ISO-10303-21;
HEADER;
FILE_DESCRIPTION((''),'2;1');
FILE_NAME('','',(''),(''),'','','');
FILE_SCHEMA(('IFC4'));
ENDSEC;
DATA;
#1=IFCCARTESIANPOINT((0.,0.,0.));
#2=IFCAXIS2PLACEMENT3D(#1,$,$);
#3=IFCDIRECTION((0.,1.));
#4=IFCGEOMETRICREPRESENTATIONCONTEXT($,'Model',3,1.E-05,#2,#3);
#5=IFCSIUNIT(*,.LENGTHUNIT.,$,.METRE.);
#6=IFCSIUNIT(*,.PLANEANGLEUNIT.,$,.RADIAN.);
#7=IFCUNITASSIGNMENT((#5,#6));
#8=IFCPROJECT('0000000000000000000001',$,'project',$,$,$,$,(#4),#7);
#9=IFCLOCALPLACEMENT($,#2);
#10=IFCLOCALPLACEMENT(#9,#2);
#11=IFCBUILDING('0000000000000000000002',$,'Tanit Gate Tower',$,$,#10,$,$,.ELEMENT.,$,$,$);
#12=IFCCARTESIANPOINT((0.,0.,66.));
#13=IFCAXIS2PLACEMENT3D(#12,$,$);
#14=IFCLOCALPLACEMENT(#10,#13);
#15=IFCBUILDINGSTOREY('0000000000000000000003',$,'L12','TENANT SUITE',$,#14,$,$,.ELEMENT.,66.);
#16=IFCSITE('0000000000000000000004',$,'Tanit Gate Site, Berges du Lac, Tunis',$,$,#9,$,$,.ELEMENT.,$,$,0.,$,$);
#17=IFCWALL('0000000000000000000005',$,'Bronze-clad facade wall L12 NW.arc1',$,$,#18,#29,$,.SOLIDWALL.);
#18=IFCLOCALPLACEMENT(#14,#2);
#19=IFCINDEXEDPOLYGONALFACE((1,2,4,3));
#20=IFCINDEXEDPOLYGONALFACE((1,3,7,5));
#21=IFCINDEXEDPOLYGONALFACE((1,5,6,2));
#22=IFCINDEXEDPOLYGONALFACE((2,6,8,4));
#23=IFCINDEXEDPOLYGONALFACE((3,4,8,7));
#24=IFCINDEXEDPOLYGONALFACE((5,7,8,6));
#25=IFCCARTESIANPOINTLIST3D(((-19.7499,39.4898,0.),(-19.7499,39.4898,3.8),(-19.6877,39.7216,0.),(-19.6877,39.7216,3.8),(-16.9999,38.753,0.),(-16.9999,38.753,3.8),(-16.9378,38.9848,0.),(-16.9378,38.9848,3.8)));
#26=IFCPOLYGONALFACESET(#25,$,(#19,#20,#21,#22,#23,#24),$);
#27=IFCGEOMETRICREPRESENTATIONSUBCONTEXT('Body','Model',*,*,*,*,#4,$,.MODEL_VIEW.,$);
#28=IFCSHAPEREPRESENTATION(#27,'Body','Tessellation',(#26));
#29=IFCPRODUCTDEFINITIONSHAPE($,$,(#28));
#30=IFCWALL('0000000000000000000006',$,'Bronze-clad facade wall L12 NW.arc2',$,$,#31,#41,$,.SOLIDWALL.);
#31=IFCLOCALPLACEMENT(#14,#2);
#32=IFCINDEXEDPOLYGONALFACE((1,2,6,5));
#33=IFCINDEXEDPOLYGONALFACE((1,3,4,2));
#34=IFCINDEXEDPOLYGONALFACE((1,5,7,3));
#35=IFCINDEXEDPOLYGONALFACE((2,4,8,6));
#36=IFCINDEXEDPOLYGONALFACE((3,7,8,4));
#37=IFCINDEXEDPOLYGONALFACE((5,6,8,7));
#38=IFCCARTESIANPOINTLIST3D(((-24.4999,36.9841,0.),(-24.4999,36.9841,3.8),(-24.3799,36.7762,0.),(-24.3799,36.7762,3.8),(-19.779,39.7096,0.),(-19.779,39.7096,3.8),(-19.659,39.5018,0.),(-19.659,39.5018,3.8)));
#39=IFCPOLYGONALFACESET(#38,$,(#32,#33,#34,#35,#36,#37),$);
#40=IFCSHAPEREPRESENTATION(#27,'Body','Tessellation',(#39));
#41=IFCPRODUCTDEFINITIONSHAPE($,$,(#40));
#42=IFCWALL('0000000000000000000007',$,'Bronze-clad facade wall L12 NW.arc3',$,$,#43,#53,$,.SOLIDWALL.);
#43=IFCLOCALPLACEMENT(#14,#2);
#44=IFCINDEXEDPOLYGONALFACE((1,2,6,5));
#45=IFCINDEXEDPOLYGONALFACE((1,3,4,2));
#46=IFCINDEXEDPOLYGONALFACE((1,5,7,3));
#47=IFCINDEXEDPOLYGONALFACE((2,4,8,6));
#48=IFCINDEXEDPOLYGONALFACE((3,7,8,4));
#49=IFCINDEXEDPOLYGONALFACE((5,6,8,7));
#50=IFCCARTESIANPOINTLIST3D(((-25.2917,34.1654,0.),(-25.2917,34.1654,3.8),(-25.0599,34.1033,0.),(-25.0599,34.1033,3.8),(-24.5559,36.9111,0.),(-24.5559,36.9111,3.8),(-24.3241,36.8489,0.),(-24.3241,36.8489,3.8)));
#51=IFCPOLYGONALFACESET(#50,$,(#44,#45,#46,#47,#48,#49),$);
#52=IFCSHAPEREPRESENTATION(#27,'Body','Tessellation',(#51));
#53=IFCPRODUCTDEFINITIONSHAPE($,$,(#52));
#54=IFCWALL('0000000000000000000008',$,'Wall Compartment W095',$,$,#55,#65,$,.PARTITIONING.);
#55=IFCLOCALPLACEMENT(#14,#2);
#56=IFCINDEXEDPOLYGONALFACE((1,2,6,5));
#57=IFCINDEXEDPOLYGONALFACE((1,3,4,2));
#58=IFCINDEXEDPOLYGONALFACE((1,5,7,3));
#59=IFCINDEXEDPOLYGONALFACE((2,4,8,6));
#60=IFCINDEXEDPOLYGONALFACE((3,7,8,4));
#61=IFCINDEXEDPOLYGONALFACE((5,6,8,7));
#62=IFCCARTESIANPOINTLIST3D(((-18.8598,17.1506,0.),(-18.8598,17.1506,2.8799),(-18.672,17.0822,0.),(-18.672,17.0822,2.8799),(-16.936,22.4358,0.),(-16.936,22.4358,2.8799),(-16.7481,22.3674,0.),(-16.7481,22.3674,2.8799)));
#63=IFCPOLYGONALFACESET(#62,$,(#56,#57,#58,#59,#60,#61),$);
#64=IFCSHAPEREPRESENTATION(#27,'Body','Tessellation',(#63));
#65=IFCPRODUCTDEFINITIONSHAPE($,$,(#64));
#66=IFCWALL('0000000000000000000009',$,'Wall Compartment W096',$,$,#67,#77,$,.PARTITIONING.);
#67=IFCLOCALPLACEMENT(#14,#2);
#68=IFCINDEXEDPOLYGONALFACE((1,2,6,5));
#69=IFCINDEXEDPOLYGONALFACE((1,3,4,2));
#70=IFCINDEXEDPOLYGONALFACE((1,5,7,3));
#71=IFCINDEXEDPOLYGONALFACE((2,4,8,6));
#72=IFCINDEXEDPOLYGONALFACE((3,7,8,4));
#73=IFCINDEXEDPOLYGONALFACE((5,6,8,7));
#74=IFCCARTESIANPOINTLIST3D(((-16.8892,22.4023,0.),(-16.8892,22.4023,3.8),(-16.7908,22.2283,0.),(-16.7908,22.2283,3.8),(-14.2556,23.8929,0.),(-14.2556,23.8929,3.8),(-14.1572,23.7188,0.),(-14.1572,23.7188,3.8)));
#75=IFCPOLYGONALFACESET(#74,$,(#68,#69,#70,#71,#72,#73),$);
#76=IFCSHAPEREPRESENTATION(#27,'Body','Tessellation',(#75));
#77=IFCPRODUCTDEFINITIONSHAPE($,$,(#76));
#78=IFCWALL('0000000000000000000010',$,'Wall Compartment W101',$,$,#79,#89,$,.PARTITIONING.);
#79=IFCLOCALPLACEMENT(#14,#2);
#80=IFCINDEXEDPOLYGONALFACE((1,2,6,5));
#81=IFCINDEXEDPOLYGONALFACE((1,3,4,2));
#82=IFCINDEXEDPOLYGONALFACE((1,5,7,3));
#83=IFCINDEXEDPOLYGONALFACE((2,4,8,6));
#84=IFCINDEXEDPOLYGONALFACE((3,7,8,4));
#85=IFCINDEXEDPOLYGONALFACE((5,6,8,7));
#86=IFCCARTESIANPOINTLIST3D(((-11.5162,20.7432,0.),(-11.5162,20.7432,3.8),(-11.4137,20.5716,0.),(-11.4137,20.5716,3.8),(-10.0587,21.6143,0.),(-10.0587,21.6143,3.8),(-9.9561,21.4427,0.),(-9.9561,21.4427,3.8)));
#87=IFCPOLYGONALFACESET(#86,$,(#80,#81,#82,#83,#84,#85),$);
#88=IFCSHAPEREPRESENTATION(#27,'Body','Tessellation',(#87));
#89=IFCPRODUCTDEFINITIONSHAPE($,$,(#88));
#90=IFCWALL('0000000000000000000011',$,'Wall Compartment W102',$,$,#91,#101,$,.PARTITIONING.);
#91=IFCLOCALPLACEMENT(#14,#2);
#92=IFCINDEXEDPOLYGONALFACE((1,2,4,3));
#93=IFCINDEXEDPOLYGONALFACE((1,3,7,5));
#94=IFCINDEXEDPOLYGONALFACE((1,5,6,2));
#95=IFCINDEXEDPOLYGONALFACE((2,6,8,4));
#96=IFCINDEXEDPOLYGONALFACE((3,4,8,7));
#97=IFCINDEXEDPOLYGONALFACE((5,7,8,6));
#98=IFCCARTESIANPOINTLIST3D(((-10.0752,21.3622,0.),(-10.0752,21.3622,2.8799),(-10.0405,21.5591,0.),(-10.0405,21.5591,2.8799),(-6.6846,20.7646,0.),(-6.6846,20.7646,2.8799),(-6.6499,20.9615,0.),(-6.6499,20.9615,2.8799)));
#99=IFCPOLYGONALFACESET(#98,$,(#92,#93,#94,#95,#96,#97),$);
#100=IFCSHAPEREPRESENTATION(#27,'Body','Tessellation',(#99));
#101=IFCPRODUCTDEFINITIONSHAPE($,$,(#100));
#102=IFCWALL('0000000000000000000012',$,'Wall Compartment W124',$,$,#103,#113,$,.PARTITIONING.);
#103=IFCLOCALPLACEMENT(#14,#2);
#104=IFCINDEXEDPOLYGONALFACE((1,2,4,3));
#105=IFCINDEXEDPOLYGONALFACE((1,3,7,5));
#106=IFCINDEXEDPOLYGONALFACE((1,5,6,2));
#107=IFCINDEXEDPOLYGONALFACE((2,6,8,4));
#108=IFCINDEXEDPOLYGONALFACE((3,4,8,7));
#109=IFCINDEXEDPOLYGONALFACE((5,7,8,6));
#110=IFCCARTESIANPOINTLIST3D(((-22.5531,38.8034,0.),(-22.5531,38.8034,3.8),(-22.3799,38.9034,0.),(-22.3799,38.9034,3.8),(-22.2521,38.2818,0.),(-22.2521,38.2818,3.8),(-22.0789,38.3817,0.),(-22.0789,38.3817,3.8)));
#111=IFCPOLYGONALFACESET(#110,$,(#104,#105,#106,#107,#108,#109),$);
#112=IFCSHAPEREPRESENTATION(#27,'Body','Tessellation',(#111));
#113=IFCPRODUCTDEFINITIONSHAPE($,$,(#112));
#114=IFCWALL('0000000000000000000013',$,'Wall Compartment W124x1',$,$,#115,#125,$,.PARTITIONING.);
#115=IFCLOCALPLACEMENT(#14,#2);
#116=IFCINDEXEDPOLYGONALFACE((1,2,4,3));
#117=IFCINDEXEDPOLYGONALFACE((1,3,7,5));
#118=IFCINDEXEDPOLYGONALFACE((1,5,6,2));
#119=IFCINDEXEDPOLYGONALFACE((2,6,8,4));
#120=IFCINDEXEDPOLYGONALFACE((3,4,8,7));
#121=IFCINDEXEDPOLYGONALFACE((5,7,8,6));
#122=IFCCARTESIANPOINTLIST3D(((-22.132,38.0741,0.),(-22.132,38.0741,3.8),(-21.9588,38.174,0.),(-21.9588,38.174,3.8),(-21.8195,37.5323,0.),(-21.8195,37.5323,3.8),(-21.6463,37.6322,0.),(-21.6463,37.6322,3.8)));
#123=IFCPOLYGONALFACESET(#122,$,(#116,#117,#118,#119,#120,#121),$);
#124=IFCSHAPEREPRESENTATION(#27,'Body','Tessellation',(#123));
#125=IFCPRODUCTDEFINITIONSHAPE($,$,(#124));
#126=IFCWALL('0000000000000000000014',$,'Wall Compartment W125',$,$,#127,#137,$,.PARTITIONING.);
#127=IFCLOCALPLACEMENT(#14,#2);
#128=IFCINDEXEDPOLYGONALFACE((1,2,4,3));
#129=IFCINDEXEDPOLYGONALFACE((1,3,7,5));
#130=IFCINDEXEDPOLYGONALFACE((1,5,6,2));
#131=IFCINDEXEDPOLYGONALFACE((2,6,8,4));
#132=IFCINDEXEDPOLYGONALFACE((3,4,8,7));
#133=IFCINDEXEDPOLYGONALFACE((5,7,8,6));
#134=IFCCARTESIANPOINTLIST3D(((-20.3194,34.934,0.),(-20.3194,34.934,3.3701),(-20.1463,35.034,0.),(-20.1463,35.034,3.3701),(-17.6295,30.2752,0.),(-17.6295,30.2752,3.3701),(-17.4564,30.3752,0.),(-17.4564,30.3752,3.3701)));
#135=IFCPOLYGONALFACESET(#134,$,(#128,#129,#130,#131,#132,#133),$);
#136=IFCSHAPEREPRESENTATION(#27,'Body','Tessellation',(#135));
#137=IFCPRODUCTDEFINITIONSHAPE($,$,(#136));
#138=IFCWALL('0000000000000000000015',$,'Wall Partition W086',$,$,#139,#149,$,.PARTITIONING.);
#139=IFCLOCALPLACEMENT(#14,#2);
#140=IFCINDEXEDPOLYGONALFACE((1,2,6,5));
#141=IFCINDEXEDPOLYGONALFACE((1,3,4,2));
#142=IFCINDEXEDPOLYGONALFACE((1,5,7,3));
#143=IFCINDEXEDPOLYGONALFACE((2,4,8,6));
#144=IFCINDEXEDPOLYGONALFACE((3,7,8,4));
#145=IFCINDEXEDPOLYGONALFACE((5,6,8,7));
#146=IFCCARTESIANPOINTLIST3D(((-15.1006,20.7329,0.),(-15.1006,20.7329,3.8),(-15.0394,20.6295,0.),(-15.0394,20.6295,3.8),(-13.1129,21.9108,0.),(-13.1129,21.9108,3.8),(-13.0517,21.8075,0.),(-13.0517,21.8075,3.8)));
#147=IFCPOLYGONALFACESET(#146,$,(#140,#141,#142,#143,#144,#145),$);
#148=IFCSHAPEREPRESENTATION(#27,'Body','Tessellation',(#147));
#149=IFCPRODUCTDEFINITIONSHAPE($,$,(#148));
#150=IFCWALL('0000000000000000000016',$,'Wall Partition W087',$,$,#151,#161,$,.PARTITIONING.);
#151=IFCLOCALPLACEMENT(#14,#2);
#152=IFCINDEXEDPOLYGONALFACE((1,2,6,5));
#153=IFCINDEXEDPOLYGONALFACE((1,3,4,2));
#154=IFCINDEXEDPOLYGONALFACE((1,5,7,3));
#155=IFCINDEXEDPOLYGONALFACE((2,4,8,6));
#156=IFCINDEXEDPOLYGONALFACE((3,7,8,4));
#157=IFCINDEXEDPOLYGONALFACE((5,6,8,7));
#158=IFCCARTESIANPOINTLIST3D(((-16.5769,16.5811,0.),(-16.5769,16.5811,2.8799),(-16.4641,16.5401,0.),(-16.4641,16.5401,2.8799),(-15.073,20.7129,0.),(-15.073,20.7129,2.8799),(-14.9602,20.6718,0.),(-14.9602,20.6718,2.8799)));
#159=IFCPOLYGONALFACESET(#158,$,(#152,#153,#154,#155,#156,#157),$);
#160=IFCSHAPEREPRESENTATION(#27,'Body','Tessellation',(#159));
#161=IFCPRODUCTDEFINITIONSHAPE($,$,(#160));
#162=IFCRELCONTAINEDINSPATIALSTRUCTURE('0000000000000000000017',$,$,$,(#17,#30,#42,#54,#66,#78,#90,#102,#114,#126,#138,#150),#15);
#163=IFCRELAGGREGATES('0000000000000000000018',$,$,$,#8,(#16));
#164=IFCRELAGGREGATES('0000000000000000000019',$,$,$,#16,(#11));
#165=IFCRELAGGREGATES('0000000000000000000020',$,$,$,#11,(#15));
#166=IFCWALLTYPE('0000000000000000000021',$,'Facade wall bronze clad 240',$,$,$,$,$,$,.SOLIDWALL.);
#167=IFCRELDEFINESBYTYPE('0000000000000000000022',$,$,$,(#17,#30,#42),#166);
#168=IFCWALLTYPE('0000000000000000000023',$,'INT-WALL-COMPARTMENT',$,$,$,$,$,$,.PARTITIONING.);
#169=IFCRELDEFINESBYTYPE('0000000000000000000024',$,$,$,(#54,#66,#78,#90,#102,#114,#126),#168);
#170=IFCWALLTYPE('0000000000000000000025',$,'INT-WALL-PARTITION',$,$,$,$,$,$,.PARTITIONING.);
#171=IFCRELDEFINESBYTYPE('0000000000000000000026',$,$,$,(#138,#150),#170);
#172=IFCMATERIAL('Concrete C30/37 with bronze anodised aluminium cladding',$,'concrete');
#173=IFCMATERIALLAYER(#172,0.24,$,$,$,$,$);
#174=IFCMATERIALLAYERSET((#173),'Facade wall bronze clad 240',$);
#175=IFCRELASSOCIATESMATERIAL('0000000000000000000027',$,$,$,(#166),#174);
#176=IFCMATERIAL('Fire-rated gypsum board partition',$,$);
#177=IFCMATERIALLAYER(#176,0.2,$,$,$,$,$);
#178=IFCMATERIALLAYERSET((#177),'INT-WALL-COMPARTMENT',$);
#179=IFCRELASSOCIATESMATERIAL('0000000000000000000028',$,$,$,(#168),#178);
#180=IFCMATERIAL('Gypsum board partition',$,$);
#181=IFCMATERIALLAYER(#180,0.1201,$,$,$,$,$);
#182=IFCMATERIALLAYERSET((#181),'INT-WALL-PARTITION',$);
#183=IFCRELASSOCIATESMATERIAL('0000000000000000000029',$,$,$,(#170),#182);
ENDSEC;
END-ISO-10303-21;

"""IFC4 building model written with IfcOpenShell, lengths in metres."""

from ifc_helpers import new_model, si_unit, direction, frame, frame_2d, origin, place, context, subcontext, project, spatial, rectangle, extrude, material, layer, layer_set, type_object, element, save


model = new_model("IFC4")

# Units and contexts
model_context = context("Model", 3, precision=1e-05, world=origin(), true_north=direction((0.0, 1.0)))
body_context = subcontext(model_context, "Body", "Model", "MODEL_VIEW")
ifc_project = project(units=[si_unit("LENGTHUNIT", "METRE"), si_unit("PLANEANGLEUNIT", "RADIAN")], contexts=[model_context])

# Site, building, storey
site_placement = place(None, origin())
site = spatial("IfcSite", under=ifc_project, at=site_placement, Name="Tanit Gate Site, Berges du Lac, Tunis", CompositionType="ELEMENT", RefElevation=0.0)
building_placement = place(site_placement, origin())
building = spatial("IfcBuilding", under=site, at=building_placement, Name="Tanit Gate Tower", CompositionType="ELEMENT")
storey_placement = place(building_placement, frame((0.0, 0.0, 66.0)))
storey = spatial("IfcBuildingStorey", under=building, at=storey_placement, Name="L12", Description="TENANT SUITE", CompositionType="ELEMENT", Elevation=66.0)

# Walls
ifc_material_1 = material(Name="Concrete C30/37 with bronze anodised aluminium cladding", Category="concrete")
ifc_layer_1 = layer(ifc_material_1, 0.24)
ifc_layer_set_1 = layer_set([ifc_layer_1], Name="Facade wall bronze clad 240")
wall_type_1 = type_object("IfcWallType", Name="Facade wall bronze clad 240", PredefinedType="SOLIDWALL", material=ifc_layer_set_1)
wall_1_placement = place(storey_placement, frame((-16.969, 38.8689, 0.0), z_axis=(0.0, 0.0, 1.0), x_axis=(-0.96593, 0.258805, 0.0)))
element("IfcWall", 1, at=wall_1_placement, inside=storey, type_object=wall_type_1, Name="Bronze-clad facade wall L12 NW.arc1", PredefinedType="SOLIDWALL", context=body_context, shape_type="SweptSolid", body=[
    extrude(rectangle(XDim=2.8469, YDim=0.24, at=frame_2d((1.4233, 0.0))), origin(), (0.0, 0.0, 1.0), 3.8),
])
wall_2_placement = place(storey_placement, frame((-19.719, 39.6057, 0.0), z_axis=(0.0, 0.0, 1.0), x_axis=(-0.86603, -0.499993, 0.0)))
element("IfcWall", 2, at=wall_2_placement, inside=storey, type_object=wall_type_1, Name="Bronze-clad facade wall L12 NW.arc2", PredefinedType="SOLIDWALL", context=body_context, shape_type="SweptSolid", body=[
    extrude(rectangle(XDim=5.4512, YDim=0.24, at=frame_2d((2.7256, 0.0))), origin(), (0.0, 0.0, 1.0), 3.8),
])
wall_3_placement = place(storey_placement, frame((-24.4399, 36.8801, 0.0), z_axis=(0.0, 0.0, 1.0), x_axis=(-0.258871, -0.965912, 0.0)))
element("IfcWall", 3, at=wall_3_placement, inside=storey, type_object=wall_type_1, Name="Bronze-clad facade wall L12 NW.arc3", PredefinedType="SOLIDWALL", context=body_context, shape_type="SweptSolid", body=[
    extrude(rectangle(XDim=2.8425, YDim=0.24, at=frame_2d((1.4214, 0.0))), origin(), (0.0, 0.0, 1.0), 3.8),
])
ifc_material_2 = material(Name="Fire-rated gypsum board partition")
ifc_layer_2 = layer(ifc_material_2, 0.2)
ifc_layer_set_2 = layer_set([ifc_layer_2], Name="INT-WALL-COMPARTMENT")
wall_type_2 = type_object("IfcWallType", Name="INT-WALL-COMPARTMENT", PredefinedType="PARTITIONING", material=ifc_layer_set_2)
wall_4_placement = place(storey_placement, frame((-16.842, 22.4016, 0.0), z_axis=(0.0, 0.0, 1.0), x_axis=(-0.34205, -0.939682, 0.0)))
element("IfcWall", 4, at=wall_4_placement, inside=storey, type_object=wall_type_2, Name="Wall Compartment W095", PredefinedType="PARTITIONING", context=body_context, shape_type="SweptSolid", body=[
    extrude(rectangle(XDim=5.6245, YDim=0.2, at=frame_2d((2.8123, 0.0))), origin(), (0.0, 0.0, 1.0), 2.8799),
])
wall_5_placement = place(storey_placement, frame((-14.2063, 23.8059, 0.0), z_axis=(0.0, 0.0, 1.0), x_axis=(-0.870286, -0.492546, 0.0)))
element("IfcWall", 5, at=wall_5_placement, inside=storey, type_object=wall_type_2, Name="Wall Compartment W096", PredefinedType="PARTITIONING", context=body_context, shape_type="SweptSolid", body=[
    extrude(rectangle(XDim=3.0261, YDim=0.2, at=frame_2d((1.5132, 0.0))), origin(), (0.0, 0.0, 1.0), 3.8),
])
wall_6_placement = place(storey_placement, frame((-10.0073, 21.5286, 0.0), z_axis=(0.0, 0.0, 1.0), x_axis=(-0.85838, -0.513015, 0.0)))
element("IfcWall", 6, at=wall_6_placement, inside=storey, type_object=wall_type_2, Name="Wall Compartment W101", PredefinedType="PARTITIONING", context=body_context, shape_type="SweptSolid", body=[
    extrude(rectangle(XDim=1.698, YDim=0.2, at=frame_2d((0.8491, 0.0))), origin(), (0.0, 0.0, 1.0), 3.8),
])
wall_7_placement = place(storey_placement, frame((-6.6672, 20.863, 0.0), z_axis=(0.0, 0.0, 1.0), x_axis=(-0.984818, 0.173591, 0.0)))
element("IfcWall", 7, at=wall_7_placement, inside=storey, type_object=wall_type_2, Name="Wall Compartment W102", PredefinedType="PARTITIONING", context=body_context, shape_type="SweptSolid", body=[
    extrude(rectangle(XDim=3.4429, YDim=0.2, at=frame_2d((1.7214, 0.0))), origin(), (0.0, 0.0, 1.0), 2.8799),
])
wall_8_placement = place(storey_placement, frame((-22.4666, 38.8535, 0.0), z_axis=(0.0, 0.0, 1.0), x_axis=(0.499758, -0.866165, 0.0)))
element("IfcWall", 8, at=wall_8_placement, inside=storey, type_object=wall_type_2, Name="Wall Compartment W124", PredefinedType="PARTITIONING", context=body_context, shape_type="SweptSolid", body=[
    extrude(rectangle(XDim=0.6023, YDim=0.2, at=frame_2d((0.3013, 0.0))), origin(), (0.0, 0.0, 1.0), 3.8),
])
wall_9_placement = place(storey_placement, frame((-22.0454, 38.124, 0.0), z_axis=(0.0, 0.0, 1.0), x_axis=(0.499666, -0.866218, 0.0)))
element("IfcWall", 9, at=wall_9_placement, inside=storey, type_object=wall_type_2, Name="Wall Compartment W124x1", PredefinedType="PARTITIONING", context=body_context, shape_type="SweptSolid", body=[
    extrude(rectangle(XDim=0.6255, YDim=0.2, at=frame_2d((0.3127, 0.0))), origin(), (0.0, 0.0, 1.0), 3.8),
])
wall_10_placement = place(storey_placement, frame((-20.2329, 34.9841, 0.0), z_axis=(0.0, 0.0, 1.0), x_axis=(0.500014, -0.866017, 0.0)))
element("IfcWall", 10, at=wall_10_placement, inside=storey, type_object=wall_type_2, Name="Wall Compartment W125", PredefinedType="PARTITIONING", context=body_context, shape_type="SweptSolid", body=[
    extrude(rectangle(XDim=5.3796, YDim=0.2, at=frame_2d((2.6899, 0.0))), origin(), (0.0, 0.0, 1.0), 3.3701),
])
ifc_material_3 = material(Name="Gypsum board partition")
ifc_layer_3 = layer(ifc_material_3, 0.1201)
ifc_layer_set_3 = layer_set([ifc_layer_3], Name="INT-WALL-PARTITION")
wall_type_3 = type_object("IfcWallType", Name="INT-WALL-PARTITION", PredefinedType="PARTITIONING", material=ifc_layer_set_3)
wall_11_placement = place(storey_placement, frame((-13.0823, 21.8591, 0.0), z_axis=(0.0, 0.0, 1.0), x_axis=(-0.860286, -0.509811, 0.0)))
element("IfcWall", 11, at=wall_11_placement, inside=storey, type_object=wall_type_3, Name="Wall Partition W086", PredefinedType="PARTITIONING", context=body_context, shape_type="SweptSolid", body=[
    extrude(rectangle(XDim=2.3105, YDim=0.1201, at=frame_2d((1.1553, 0.0))), origin(), (0.0, 0.0, 1.0), 3.8),
])
wall_12_placement = place(storey_placement, frame((-15.0166, 20.6924, 0.0), z_axis=(0.0, 0.0, 1.0), x_axis=(-0.342028, -0.93969, 0.0)))
element("IfcWall", 12, at=wall_12_placement, inside=storey, type_object=wall_type_3, Name="Wall Partition W087", PredefinedType="PARTITIONING", context=body_context, shape_type="SweptSolid", body=[
    extrude(rectangle(XDim=4.397, YDim=0.1201, at=frame_2d((2.1985, 0.0))), origin(), (0.0, 0.0, 1.0), 2.8799),
])

save(model, "model.ifc")
